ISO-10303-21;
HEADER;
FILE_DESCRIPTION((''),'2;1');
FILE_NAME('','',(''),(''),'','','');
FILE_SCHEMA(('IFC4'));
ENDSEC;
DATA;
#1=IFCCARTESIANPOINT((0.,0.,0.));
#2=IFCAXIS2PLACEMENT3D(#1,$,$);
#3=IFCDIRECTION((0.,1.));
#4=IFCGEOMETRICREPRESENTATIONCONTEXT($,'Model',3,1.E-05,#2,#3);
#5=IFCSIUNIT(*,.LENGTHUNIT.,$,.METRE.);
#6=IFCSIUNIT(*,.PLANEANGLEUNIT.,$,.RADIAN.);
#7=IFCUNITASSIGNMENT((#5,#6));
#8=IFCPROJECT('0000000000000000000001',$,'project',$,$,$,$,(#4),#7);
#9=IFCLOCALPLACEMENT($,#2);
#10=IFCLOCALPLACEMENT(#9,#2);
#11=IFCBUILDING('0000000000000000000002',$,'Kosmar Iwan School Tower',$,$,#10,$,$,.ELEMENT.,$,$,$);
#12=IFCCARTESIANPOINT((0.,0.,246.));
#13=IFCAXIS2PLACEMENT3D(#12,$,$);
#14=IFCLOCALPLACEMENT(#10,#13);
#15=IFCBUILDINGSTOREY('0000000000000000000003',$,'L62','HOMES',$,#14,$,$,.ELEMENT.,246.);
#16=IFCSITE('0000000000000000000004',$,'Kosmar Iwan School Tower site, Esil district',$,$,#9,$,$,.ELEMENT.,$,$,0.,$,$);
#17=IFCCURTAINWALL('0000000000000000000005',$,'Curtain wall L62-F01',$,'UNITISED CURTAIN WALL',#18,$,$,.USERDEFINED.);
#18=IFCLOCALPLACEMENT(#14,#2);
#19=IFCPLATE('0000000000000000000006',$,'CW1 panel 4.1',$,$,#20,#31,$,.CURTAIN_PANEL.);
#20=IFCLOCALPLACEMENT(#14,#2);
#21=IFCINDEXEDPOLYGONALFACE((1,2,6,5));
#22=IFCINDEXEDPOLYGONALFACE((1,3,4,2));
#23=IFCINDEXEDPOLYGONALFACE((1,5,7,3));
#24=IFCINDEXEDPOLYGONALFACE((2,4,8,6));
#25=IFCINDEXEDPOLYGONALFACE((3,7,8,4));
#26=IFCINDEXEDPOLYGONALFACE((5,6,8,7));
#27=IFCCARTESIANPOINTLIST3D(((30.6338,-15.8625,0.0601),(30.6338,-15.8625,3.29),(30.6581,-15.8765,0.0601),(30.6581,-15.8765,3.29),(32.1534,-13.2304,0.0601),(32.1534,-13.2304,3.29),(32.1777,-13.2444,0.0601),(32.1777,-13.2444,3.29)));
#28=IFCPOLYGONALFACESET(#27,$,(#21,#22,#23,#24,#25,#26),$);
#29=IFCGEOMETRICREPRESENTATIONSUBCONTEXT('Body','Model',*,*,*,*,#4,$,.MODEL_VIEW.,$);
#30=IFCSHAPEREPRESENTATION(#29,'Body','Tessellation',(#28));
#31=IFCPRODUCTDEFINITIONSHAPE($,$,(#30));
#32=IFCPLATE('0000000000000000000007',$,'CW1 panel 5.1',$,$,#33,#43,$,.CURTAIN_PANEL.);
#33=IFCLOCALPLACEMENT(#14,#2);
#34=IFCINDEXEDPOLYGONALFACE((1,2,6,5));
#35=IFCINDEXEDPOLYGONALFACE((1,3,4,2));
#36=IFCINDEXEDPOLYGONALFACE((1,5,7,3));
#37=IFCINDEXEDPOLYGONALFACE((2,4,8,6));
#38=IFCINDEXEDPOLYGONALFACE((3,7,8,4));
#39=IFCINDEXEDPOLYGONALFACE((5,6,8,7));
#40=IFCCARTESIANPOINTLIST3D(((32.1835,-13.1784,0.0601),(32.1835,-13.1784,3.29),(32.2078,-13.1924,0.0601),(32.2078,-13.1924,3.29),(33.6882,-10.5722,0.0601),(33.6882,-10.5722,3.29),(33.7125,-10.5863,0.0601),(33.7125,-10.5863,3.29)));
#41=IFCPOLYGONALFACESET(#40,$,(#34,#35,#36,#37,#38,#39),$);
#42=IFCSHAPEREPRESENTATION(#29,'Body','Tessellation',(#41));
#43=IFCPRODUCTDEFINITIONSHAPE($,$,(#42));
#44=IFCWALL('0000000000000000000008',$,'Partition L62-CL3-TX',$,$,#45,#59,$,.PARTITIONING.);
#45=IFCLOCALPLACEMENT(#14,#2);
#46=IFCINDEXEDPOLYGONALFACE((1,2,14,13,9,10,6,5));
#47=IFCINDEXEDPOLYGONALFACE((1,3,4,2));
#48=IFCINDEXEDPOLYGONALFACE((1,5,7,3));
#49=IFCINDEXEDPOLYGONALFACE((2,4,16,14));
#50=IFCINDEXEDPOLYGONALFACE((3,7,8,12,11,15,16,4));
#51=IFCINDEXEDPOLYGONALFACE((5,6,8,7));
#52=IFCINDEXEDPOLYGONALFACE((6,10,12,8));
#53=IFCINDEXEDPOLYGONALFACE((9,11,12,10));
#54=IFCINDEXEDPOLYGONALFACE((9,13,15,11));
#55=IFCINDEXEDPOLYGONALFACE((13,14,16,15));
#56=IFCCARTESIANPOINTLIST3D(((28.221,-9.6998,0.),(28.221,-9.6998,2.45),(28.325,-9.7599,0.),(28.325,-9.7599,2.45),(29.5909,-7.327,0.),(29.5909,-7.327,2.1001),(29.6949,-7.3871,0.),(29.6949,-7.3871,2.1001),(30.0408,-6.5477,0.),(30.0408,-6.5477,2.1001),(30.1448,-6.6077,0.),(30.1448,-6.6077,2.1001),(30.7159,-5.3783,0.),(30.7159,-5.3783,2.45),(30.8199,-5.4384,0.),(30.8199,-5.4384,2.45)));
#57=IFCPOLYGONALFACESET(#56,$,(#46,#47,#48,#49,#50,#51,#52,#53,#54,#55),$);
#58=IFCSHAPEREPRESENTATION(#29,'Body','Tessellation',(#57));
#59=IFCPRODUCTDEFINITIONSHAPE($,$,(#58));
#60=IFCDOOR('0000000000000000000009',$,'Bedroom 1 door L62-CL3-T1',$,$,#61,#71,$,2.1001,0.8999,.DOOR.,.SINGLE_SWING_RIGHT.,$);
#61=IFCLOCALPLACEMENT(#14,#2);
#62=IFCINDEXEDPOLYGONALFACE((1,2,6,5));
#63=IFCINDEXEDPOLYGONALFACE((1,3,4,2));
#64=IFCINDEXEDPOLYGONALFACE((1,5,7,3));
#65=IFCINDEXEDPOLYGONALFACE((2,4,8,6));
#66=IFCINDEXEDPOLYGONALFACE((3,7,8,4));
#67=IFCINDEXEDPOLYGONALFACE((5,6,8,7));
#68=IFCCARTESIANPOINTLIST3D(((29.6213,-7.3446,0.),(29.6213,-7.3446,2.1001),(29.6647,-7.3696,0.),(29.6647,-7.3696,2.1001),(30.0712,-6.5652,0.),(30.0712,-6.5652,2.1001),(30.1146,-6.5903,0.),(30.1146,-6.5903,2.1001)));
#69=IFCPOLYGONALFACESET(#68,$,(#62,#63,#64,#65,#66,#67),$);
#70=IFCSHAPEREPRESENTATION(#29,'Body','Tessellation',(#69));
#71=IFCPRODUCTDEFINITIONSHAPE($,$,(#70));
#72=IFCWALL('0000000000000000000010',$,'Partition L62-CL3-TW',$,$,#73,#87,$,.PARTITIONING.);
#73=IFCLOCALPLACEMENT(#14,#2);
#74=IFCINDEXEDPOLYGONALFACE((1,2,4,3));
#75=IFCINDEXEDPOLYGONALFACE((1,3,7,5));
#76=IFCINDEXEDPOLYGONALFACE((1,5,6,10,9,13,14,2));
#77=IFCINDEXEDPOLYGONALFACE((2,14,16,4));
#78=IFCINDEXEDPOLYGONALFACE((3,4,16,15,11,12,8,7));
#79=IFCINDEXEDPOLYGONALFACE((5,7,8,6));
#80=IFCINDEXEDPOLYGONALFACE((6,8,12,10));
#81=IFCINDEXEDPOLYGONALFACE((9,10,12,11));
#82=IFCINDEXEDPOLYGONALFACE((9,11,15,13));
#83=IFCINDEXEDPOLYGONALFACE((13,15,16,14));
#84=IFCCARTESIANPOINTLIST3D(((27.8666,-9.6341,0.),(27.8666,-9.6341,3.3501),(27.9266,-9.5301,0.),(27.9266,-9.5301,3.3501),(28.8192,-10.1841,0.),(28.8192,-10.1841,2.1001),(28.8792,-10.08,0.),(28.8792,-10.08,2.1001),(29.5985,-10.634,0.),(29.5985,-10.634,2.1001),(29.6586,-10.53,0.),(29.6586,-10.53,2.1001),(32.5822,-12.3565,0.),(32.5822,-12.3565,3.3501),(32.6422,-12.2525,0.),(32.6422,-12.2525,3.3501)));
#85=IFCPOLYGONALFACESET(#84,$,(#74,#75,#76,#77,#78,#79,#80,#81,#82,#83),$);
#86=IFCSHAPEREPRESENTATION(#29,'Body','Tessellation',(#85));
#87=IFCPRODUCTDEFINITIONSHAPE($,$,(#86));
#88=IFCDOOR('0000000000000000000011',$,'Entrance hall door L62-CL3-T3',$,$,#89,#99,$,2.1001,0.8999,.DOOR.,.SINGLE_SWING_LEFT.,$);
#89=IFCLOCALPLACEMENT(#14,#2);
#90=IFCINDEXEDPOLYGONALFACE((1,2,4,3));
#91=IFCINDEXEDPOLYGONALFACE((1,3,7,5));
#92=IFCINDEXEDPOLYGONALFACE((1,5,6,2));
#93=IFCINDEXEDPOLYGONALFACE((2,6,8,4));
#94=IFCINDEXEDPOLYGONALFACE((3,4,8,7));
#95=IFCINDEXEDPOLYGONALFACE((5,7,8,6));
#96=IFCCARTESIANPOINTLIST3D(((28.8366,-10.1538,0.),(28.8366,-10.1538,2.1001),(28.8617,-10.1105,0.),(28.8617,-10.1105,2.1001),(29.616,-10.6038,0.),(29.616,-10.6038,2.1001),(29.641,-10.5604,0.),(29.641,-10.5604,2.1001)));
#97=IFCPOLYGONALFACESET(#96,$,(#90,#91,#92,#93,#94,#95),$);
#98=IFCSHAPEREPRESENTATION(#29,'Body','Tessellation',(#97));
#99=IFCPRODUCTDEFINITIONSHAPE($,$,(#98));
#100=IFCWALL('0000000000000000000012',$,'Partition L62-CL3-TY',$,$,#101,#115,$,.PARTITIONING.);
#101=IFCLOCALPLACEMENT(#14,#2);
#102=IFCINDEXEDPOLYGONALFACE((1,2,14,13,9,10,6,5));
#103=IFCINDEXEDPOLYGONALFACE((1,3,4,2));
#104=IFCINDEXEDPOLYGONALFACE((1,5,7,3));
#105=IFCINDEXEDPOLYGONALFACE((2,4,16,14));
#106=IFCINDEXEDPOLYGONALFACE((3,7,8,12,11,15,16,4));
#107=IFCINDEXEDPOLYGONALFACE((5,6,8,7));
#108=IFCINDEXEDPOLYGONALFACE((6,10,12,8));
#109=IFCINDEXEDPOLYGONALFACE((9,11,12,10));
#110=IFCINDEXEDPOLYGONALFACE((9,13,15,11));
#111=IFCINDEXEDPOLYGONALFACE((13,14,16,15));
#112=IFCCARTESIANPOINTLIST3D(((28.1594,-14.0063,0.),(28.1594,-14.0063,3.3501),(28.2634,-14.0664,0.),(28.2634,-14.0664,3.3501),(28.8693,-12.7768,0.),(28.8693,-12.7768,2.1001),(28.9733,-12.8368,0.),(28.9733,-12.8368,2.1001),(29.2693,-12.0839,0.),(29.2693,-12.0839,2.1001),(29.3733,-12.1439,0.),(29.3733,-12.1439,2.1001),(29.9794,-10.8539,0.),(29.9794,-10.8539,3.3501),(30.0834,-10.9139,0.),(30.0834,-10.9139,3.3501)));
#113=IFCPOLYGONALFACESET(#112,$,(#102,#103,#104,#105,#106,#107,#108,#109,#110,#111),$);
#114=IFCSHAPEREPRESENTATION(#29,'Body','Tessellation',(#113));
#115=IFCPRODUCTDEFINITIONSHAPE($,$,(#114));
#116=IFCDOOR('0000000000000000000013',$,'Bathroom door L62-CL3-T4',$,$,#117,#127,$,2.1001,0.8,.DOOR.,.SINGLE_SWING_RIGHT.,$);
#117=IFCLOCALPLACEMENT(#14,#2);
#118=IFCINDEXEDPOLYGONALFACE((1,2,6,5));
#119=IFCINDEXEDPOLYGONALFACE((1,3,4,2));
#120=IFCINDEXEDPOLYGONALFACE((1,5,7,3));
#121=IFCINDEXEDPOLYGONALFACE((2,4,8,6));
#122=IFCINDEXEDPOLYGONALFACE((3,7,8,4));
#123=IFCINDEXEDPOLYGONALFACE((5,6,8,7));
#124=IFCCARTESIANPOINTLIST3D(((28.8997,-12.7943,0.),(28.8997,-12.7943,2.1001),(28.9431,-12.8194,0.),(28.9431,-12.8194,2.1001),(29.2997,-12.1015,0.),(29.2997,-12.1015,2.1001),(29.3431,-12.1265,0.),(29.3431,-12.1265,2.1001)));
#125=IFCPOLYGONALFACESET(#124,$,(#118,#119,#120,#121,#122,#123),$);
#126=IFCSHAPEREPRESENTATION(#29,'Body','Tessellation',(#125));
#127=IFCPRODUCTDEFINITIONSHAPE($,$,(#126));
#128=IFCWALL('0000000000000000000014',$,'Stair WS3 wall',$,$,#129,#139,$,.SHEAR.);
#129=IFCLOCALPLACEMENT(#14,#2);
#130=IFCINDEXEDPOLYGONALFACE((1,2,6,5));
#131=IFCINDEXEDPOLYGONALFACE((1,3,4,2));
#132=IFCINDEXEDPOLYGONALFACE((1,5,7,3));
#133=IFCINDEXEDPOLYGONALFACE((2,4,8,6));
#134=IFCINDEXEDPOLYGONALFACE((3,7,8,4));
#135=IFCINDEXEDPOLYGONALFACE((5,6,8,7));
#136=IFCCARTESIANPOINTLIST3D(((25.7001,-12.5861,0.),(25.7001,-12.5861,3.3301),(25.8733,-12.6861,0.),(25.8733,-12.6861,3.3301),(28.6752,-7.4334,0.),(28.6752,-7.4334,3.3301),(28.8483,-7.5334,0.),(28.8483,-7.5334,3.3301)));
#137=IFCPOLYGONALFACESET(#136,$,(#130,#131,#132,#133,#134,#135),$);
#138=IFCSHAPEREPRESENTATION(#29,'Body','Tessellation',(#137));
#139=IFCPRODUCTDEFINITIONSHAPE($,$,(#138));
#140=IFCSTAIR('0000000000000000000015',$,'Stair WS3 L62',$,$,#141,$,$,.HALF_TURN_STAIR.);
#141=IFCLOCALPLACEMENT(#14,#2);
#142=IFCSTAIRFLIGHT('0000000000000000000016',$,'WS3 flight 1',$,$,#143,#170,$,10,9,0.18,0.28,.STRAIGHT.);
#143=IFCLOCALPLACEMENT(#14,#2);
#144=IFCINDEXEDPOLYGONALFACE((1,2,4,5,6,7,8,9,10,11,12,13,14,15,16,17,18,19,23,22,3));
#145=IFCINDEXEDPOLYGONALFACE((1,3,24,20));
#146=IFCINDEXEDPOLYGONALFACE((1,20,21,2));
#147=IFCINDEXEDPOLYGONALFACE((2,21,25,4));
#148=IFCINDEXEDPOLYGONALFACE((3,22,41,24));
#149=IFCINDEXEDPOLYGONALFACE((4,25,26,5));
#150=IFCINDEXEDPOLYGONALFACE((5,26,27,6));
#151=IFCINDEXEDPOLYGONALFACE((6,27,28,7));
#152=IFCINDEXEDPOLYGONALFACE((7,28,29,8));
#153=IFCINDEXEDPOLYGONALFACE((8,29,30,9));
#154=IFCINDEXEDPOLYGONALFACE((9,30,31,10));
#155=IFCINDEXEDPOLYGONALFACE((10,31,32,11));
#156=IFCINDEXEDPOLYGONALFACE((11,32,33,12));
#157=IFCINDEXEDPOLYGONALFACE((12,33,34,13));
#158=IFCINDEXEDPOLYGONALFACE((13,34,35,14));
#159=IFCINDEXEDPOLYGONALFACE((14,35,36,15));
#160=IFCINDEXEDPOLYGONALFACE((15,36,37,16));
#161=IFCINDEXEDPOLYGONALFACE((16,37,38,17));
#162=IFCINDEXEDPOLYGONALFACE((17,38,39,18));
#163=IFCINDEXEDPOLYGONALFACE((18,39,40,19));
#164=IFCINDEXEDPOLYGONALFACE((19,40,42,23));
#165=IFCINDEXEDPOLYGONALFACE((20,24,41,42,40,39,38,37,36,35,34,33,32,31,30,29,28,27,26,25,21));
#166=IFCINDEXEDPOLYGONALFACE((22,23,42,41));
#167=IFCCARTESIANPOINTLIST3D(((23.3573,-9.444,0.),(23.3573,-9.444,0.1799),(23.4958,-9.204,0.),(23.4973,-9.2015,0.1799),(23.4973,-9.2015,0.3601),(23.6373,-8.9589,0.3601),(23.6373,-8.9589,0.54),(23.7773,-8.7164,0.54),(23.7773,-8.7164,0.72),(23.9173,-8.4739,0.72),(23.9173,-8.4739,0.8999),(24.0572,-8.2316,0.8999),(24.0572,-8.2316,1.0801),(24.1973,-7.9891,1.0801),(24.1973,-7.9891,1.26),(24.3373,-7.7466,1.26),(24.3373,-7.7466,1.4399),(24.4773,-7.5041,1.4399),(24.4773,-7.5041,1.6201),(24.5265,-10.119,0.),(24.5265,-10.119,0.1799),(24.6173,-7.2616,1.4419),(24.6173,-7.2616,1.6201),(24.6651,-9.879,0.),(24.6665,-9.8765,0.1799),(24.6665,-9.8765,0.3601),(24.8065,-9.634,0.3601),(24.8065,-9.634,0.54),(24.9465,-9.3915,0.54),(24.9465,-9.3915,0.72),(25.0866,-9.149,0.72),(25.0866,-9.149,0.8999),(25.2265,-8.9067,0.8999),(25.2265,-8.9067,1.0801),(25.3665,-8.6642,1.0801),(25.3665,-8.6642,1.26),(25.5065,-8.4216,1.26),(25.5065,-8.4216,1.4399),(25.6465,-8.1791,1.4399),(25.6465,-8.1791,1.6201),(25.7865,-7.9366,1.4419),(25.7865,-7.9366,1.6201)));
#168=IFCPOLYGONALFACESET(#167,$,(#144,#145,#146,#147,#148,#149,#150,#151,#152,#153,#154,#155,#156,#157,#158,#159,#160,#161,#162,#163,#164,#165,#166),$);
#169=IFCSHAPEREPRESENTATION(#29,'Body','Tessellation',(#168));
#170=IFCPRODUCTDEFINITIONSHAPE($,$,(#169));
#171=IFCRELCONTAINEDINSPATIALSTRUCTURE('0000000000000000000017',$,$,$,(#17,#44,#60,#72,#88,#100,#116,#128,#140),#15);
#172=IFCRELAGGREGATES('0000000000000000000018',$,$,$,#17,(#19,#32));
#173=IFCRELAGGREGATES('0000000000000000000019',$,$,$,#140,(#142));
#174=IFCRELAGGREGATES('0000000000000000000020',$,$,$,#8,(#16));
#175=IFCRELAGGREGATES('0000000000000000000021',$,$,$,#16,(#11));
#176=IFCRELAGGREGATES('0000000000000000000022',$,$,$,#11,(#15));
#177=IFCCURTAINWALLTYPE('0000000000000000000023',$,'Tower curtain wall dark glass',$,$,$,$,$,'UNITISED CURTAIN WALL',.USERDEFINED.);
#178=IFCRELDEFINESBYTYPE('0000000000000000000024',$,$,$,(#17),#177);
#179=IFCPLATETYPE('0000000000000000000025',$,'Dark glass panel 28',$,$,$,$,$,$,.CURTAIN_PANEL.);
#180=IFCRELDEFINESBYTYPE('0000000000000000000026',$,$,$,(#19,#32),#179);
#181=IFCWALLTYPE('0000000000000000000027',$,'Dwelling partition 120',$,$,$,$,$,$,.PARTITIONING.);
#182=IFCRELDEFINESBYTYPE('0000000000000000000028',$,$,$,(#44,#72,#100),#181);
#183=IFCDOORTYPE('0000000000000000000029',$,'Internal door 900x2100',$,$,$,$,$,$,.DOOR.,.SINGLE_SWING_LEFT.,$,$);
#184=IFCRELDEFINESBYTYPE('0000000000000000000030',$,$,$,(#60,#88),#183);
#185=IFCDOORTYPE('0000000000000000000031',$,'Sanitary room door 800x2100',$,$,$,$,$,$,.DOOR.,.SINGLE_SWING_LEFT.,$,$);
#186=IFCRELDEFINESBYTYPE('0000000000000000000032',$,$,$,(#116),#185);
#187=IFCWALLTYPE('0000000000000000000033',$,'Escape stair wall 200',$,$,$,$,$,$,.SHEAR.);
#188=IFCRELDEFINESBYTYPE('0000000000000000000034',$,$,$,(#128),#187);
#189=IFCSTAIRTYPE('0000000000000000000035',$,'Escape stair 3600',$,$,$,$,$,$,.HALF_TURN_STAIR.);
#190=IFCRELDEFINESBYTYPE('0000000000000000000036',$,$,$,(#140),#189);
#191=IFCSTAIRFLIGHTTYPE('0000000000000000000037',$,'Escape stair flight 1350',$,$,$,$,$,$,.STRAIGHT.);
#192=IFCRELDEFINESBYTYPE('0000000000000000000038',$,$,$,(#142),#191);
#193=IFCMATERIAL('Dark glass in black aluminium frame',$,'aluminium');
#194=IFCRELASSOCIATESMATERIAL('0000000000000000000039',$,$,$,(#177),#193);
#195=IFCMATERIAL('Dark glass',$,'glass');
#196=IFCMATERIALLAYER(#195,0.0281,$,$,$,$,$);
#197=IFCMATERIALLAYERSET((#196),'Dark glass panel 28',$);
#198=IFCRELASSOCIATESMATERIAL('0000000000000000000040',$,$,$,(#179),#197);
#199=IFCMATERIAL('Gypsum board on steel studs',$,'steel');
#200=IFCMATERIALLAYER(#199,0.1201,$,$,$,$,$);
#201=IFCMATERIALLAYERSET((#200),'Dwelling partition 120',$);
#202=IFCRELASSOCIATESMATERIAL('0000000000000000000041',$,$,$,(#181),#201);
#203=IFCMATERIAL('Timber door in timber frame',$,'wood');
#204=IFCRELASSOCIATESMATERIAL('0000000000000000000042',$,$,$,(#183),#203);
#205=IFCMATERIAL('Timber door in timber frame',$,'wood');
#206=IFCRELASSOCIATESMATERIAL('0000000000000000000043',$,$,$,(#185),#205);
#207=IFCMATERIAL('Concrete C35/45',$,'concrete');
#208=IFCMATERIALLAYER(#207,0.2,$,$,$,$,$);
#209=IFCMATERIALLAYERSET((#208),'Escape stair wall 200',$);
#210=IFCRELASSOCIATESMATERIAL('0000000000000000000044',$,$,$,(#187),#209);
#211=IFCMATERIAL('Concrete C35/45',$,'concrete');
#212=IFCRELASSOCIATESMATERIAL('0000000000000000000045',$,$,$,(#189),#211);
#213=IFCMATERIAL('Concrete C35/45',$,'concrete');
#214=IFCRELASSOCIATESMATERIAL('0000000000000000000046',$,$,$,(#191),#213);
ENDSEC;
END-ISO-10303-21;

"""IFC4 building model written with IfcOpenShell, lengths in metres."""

from ifc_helpers import new_model, si_unit, direction, frame, frame_2d, origin, origin_2d, place, context, subcontext, project, spatial, polyline, rectangle, outline, extrude, material, layer, layer_set, type_object, element, fill, aggregate, save


model = new_model("IFC4")

# Units and contexts
model_context = context("Model", 3, precision=1e-05, world=origin(), true_north=direction((0.0, 1.0)))
body_context = subcontext(model_context, "Body", "Model", "MODEL_VIEW")
ifc_project = project(units=[si_unit("LENGTHUNIT", "METRE"), si_unit("PLANEANGLEUNIT", "RADIAN")], contexts=[model_context])

# Site, building, storey
site_placement = place(None, origin())
site = spatial("IfcSite", under=ifc_project, at=site_placement, Name="Kosmar Iwan School Tower site, Esil district", CompositionType="ELEMENT", RefElevation=0.0)
building_placement = place(site_placement, origin())
building = spatial("IfcBuilding", under=site, at=building_placement, Name="Kosmar Iwan School Tower", CompositionType="ELEMENT")
storey_placement = place(building_placement, frame((0.0, 0.0, 246.0)))
storey = spatial("IfcBuildingStorey", under=building, at=storey_placement, Name="L62", Description="HOMES", CompositionType="ELEMENT", Elevation=246.0)

# Curtain wall
ifc_material_1 = material(Name="Dark glass in black aluminium frame", Category="aluminium")
curtain_wall_type_1 = type_object("IfcCurtainWallType", Name="Tower curtain wall dark glass", ElementType="UNITISED CURTAIN WALL", PredefinedType="USERDEFINED", material=ifc_material_1)
curtain_wall_1_placement = place(storey_placement, origin())
curtain_wall_1 = element("IfcCurtainWall", 1, at=curtain_wall_1_placement, inside=storey, type_object=curtain_wall_type_1, Name="Curtain wall L62-F01", ObjectType="UNITISED CURTAIN WALL", PredefinedType="USERDEFINED")

# Plates
ifc_material_2 = material(Name="Dark glass", Category="glass")
ifc_layer_1 = layer(ifc_material_2, 0.0281)
ifc_layer_set_1 = layer_set([ifc_layer_1], Name="Dark glass panel 28")
plate_type = type_object("IfcPlateType", Name="Dark glass panel 28", PredefinedType="CURTAIN_PANEL", material=ifc_layer_set_1)
plate_1_placement = place(storey_placement, frame((31.4058, -14.5535, 0.0601), z_axis=(0.0, 0.0, 1.0), x_axis=(0.5, 0.866025, 0.0)))
plate_1 = element("IfcPlate", 2, at=plate_1_placement, type_object=plate_type, Name="CW1 panel 4.1", PredefinedType="CURTAIN_PANEL", context=body_context, shape_type="SweptSolid", body=[
    extrude(rectangle(XDim=3.0393, YDim=0.0281, at=origin_2d()), origin(), (0.0, 0.0, 1.0), 3.23),
])
plate_2_placement = place(storey_placement, frame((32.948, -11.8823, 0.0601), z_axis=(0.0, 0.0, 1.0), x_axis=(0.5, 0.866025, 0.0)))
plate_2 = element("IfcPlate", 3, at=plate_2_placement, type_object=plate_type, Name="CW1 panel 5.1", PredefinedType="CURTAIN_PANEL", context=body_context, shape_type="SweptSolid", body=[
    extrude(rectangle(XDim=3.0093, YDim=0.0281, at=origin_2d()), origin(), (0.0, 0.0, 1.0), 3.23),
])
aggregate(curtain_wall_1, [plate_1, plate_2])

# Walls, openings, doors
ifc_material_3 = material(Name="Gypsum board on steel studs", Category="steel")
ifc_layer_2 = layer(ifc_material_3, 0.1201)
ifc_layer_set_2 = layer_set([ifc_layer_2], Name="Dwelling partition 120")
wall_type_1 = type_object("IfcWallType", Name="Dwelling partition 120", PredefinedType="PARTITIONING", material=ifc_layer_set_2)
wall_1_placement = place(storey_placement, frame((28.2729, -9.73, 0.0), z_axis=(0.0, 0.0, 1.0), x_axis=(0.499975, 0.86604, 0.0)))
wall_1 = element("IfcWall", 4, at=wall_1_placement, inside=storey, type_object=wall_type_1, Name="Partition L62-CL3-TX", PredefinedType="PARTITIONING", context=body_context, shape_type="SweptSolid", body=[
    extrude(rectangle(XDim=4.99, YDim=0.1201, at=frame_2d((2.4951, 0.0))), origin(), (0.0, 0.0, 1.0), 2.45),
])
opening_1_placement = place(wall_1_placement, frame((2.74, 0.0, 0.0)))
opening_1 = element("IfcOpeningElement", 5, at=opening_1_placement, cuts=wall_1, PredefinedType="OPENING", context=body_context, shape_type="SweptSolid", body=[
    extrude(rectangle(XDim=0.8999, YDim=2.1001, at=frame_2d((0.45, 1.05))), frame((0.0, 0.072, 0.0), z_axis=(0.0, -1.0, 0.0), x_axis=(1.0, 0.0, 0.0)), (0.0, 0.0, 1.0), 0.144),
])
ifc_material_4 = material(Name="Timber door in timber frame", Category="wood")
door_type_1 = type_object("IfcDoorType", Name="Internal door 900x2100", OperationType="SINGLE_SWING_LEFT", PredefinedType="DOOR", material=ifc_material_4)
door_1_placement = place(opening_1_placement, origin())
door_1 = element("IfcDoor", 6, at=door_1_placement, inside=storey, type_object=door_type_1, Name="Bedroom 1 door L62-CL3-T1", OperationType="SINGLE_SWING_RIGHT", OverallHeight=2.1001, OverallWidth=0.8999, PredefinedType="DOOR", context=body_context, shape_type="SweptSolid", body=[
    extrude(rectangle(XDim=0.8999, YDim=2.1001, at=frame_2d((0.45, 1.05))), frame((0.0, 0.0249, 0.0), z_axis=(0.0, -1.0, 0.0), x_axis=(1.0, 0.0, 0.0)), (0.0, 0.0, 1.0), 0.05),
])
fill(opening_1, door_1)
wall_2_placement = place(storey_placement, frame((27.8965, -9.582, 0.0), z_axis=(0.0, 0.0, 1.0), x_axis=(0.866036, -0.499982, 0.0)))
wall_2 = element("IfcWall", 7, at=wall_2_placement, inside=storey, type_object=wall_type_1, Name="Partition L62-CL3-TW", PredefinedType="PARTITIONING", context=body_context, shape_type="SweptSolid", body=[
    extrude(rectangle(XDim=5.4451, YDim=0.1201, at=frame_2d((2.7227, 0.0))), origin(), (0.0, 0.0, 1.0), 3.3501),
])
opening_2_placement = place(wall_2_placement, frame((1.1001, 0.0, 0.0)))
opening_2 = element("IfcOpeningElement", 8, at=opening_2_placement, cuts=wall_2, PredefinedType="OPENING", context=body_context, shape_type="SweptSolid", body=[
    extrude(rectangle(XDim=0.8999, YDim=2.1001, at=frame_2d((0.45, 1.05))), frame((0.0, 0.072, 0.0), z_axis=(0.0, -1.0, 0.0), x_axis=(1.0, 0.0, 0.0)), (0.0, 0.0, 1.0), 0.144),
])
door_2_placement = place(opening_2_placement, origin())
door_2 = element("IfcDoor", 9, at=door_2_placement, inside=storey, type_object=door_type_1, Name="Entrance hall door L62-CL3-T3", OperationType="SINGLE_SWING_LEFT", OverallHeight=2.1001, OverallWidth=0.8999, PredefinedType="DOOR", context=body_context, shape_type="SweptSolid", body=[
    extrude(rectangle(XDim=0.8999, YDim=2.1001, at=frame_2d((0.45, 1.05))), frame((0.0, 0.0249, 0.0), z_axis=(0.0, -1.0, 0.0), x_axis=(1.0, 0.0, 0.0)), (0.0, 0.0, 1.0), 0.05),
])
fill(opening_2, door_2)
wall_3_placement = place(storey_placement, frame((28.2114, -14.0364, 0.0), z_axis=(0.0, 0.0, 1.0), x_axis=(0.499984, 0.866035, 0.0)))
wall_3 = element("IfcWall", 10, at=wall_3_placement, inside=storey, type_object=wall_type_1, Name="Partition L62-CL3-TY", PredefinedType="PARTITIONING", context=body_context, shape_type="SweptSolid", body=[
    extrude(rectangle(XDim=3.6401, YDim=0.1201, at=frame_2d((1.8201, 0.0))), origin(), (0.0, 0.0, 1.0), 3.3501),
])
opening_3_placement = place(wall_3_placement, frame((1.4199, 0.0, 0.0)))
opening_3 = element("IfcOpeningElement", 11, at=opening_3_placement, cuts=wall_3, PredefinedType="OPENING", context=body_context, shape_type="SweptSolid", body=[
    extrude(rectangle(XDim=0.8, YDim=2.1001, at=frame_2d((0.3999, 1.05))), frame((0.0, 0.072, 0.0), z_axis=(0.0, -1.0, 0.0), x_axis=(1.0, 0.0, 0.0)), (0.0, 0.0, 1.0), 0.144),
])
ifc_material_5 = material(Name="Timber door in timber frame", Category="wood")
door_type_2 = type_object("IfcDoorType", Name="Sanitary room door 800x2100", OperationType="SINGLE_SWING_LEFT", PredefinedType="DOOR", material=ifc_material_5)
door_3_placement = place(opening_3_placement, origin())
door_3 = element("IfcDoor", 12, at=door_3_placement, inside=storey, type_object=door_type_2, Name="Bathroom door L62-CL3-T4", OperationType="SINGLE_SWING_RIGHT", OverallHeight=2.1001, OverallWidth=0.8, PredefinedType="DOOR", context=body_context, shape_type="SweptSolid", body=[
    extrude(rectangle(XDim=0.8, YDim=2.1001, at=frame_2d((0.3999, 1.05))), frame((0.0, 0.0249, 0.0), z_axis=(0.0, -1.0, 0.0), x_axis=(1.0, 0.0, 0.0)), (0.0, 0.0, 1.0), 0.05),
])
fill(opening_3, door_3)

# Wall
ifc_material_6 = material(Name="Concrete C35/45", Category="concrete")
ifc_layer_3 = layer(ifc_material_6, 0.2)
ifc_layer_set_3 = layer_set([ifc_layer_3], Name="Escape stair wall 200")
wall_type_2 = type_object("IfcWallType", Name="Escape stair wall 200", PredefinedType="SHEAR", material=ifc_layer_set_3)
wall_4_placement = place(storey_placement, frame((25.7866, -12.6362, 0.0), z_axis=(0.0, 0.0, 1.0), x_axis=(0.500014, 0.866017, 0.0)))
element("IfcWall", 13, at=wall_4_placement, inside=storey, type_object=wall_type_2, Name="Stair WS3 wall", PredefinedType="SHEAR", context=body_context, shape_type="SweptSolid", body=[
    extrude(rectangle(XDim=5.95, YDim=0.2, at=frame_2d((2.9751, 0.0))), origin(), (0.0, 0.0, 1.0), 3.3301),
])

# Stair, stair flight
ifc_material_7 = material(Name="Concrete C35/45", Category="concrete")
stair_type = type_object("IfcStairType", Name="Escape stair 3600", PredefinedType="HALF_TURN_STAIR", material=ifc_material_7)
stair_placement = place(storey_placement, origin())
stair = element("IfcStair", 14, at=stair_placement, inside=storey, type_object=stair_type, Name="Stair WS3 L62", PredefinedType="HALF_TURN_STAIR")
ifc_material_8 = material(Name="Concrete C35/45", Category="concrete")
stair_flight_type = type_object("IfcStairFlightType", Name="Escape stair flight 1350", PredefinedType="STRAIGHT", material=ifc_material_8)
stair_flight_1_placement = place(storey_placement, frame((23.9419, -9.7815, 0.0), z_axis=(0.0, 0.0, 1.0), x_axis=(0.5, 0.866025, 0.0)))
stair_flight_1 = element("IfcStairFlight", 15, at=stair_flight_1_placement, type_object=stair_flight_type, Name="WS3 flight 1", NumberOfRisers=10, NumberOfTreads=9, PredefinedType="STRAIGHT", RiserHeight=0.18, TreadLength=0.28, context=body_context, shape_type="SweptSolid", body=[
    extrude(outline(polyline([(0.0, 0.0), (0.0, 0.1799), (0.28, 0.1799), (0.28, 0.3601), (0.5601, 0.3601), (0.5601, 0.54), (0.8401, 0.54), (0.8401, 0.72), (1.1201, 0.72), (1.1201, 0.8999), (1.3999, 0.8999), (1.3999, 1.0801), (1.6799, 1.0801), (1.6799, 1.26), (1.96, 1.26), (1.96, 1.4399), (2.24, 1.4399), (2.24, 1.6201), (2.52, 1.6201), (2.52, 1.8), (2.52, 1.4419), (0.2771, 0.0), (0.0, 0.0)])), frame((0.0, 0.675, 0.0), z_axis=(0.0, -1.0, 0.0), x_axis=(1.0, 0.0, 0.0)), (0.0, 0.0, 1.0), 1.3501),
])
aggregate(stair, [stair_flight_1])

save(model, "model.ifc")
